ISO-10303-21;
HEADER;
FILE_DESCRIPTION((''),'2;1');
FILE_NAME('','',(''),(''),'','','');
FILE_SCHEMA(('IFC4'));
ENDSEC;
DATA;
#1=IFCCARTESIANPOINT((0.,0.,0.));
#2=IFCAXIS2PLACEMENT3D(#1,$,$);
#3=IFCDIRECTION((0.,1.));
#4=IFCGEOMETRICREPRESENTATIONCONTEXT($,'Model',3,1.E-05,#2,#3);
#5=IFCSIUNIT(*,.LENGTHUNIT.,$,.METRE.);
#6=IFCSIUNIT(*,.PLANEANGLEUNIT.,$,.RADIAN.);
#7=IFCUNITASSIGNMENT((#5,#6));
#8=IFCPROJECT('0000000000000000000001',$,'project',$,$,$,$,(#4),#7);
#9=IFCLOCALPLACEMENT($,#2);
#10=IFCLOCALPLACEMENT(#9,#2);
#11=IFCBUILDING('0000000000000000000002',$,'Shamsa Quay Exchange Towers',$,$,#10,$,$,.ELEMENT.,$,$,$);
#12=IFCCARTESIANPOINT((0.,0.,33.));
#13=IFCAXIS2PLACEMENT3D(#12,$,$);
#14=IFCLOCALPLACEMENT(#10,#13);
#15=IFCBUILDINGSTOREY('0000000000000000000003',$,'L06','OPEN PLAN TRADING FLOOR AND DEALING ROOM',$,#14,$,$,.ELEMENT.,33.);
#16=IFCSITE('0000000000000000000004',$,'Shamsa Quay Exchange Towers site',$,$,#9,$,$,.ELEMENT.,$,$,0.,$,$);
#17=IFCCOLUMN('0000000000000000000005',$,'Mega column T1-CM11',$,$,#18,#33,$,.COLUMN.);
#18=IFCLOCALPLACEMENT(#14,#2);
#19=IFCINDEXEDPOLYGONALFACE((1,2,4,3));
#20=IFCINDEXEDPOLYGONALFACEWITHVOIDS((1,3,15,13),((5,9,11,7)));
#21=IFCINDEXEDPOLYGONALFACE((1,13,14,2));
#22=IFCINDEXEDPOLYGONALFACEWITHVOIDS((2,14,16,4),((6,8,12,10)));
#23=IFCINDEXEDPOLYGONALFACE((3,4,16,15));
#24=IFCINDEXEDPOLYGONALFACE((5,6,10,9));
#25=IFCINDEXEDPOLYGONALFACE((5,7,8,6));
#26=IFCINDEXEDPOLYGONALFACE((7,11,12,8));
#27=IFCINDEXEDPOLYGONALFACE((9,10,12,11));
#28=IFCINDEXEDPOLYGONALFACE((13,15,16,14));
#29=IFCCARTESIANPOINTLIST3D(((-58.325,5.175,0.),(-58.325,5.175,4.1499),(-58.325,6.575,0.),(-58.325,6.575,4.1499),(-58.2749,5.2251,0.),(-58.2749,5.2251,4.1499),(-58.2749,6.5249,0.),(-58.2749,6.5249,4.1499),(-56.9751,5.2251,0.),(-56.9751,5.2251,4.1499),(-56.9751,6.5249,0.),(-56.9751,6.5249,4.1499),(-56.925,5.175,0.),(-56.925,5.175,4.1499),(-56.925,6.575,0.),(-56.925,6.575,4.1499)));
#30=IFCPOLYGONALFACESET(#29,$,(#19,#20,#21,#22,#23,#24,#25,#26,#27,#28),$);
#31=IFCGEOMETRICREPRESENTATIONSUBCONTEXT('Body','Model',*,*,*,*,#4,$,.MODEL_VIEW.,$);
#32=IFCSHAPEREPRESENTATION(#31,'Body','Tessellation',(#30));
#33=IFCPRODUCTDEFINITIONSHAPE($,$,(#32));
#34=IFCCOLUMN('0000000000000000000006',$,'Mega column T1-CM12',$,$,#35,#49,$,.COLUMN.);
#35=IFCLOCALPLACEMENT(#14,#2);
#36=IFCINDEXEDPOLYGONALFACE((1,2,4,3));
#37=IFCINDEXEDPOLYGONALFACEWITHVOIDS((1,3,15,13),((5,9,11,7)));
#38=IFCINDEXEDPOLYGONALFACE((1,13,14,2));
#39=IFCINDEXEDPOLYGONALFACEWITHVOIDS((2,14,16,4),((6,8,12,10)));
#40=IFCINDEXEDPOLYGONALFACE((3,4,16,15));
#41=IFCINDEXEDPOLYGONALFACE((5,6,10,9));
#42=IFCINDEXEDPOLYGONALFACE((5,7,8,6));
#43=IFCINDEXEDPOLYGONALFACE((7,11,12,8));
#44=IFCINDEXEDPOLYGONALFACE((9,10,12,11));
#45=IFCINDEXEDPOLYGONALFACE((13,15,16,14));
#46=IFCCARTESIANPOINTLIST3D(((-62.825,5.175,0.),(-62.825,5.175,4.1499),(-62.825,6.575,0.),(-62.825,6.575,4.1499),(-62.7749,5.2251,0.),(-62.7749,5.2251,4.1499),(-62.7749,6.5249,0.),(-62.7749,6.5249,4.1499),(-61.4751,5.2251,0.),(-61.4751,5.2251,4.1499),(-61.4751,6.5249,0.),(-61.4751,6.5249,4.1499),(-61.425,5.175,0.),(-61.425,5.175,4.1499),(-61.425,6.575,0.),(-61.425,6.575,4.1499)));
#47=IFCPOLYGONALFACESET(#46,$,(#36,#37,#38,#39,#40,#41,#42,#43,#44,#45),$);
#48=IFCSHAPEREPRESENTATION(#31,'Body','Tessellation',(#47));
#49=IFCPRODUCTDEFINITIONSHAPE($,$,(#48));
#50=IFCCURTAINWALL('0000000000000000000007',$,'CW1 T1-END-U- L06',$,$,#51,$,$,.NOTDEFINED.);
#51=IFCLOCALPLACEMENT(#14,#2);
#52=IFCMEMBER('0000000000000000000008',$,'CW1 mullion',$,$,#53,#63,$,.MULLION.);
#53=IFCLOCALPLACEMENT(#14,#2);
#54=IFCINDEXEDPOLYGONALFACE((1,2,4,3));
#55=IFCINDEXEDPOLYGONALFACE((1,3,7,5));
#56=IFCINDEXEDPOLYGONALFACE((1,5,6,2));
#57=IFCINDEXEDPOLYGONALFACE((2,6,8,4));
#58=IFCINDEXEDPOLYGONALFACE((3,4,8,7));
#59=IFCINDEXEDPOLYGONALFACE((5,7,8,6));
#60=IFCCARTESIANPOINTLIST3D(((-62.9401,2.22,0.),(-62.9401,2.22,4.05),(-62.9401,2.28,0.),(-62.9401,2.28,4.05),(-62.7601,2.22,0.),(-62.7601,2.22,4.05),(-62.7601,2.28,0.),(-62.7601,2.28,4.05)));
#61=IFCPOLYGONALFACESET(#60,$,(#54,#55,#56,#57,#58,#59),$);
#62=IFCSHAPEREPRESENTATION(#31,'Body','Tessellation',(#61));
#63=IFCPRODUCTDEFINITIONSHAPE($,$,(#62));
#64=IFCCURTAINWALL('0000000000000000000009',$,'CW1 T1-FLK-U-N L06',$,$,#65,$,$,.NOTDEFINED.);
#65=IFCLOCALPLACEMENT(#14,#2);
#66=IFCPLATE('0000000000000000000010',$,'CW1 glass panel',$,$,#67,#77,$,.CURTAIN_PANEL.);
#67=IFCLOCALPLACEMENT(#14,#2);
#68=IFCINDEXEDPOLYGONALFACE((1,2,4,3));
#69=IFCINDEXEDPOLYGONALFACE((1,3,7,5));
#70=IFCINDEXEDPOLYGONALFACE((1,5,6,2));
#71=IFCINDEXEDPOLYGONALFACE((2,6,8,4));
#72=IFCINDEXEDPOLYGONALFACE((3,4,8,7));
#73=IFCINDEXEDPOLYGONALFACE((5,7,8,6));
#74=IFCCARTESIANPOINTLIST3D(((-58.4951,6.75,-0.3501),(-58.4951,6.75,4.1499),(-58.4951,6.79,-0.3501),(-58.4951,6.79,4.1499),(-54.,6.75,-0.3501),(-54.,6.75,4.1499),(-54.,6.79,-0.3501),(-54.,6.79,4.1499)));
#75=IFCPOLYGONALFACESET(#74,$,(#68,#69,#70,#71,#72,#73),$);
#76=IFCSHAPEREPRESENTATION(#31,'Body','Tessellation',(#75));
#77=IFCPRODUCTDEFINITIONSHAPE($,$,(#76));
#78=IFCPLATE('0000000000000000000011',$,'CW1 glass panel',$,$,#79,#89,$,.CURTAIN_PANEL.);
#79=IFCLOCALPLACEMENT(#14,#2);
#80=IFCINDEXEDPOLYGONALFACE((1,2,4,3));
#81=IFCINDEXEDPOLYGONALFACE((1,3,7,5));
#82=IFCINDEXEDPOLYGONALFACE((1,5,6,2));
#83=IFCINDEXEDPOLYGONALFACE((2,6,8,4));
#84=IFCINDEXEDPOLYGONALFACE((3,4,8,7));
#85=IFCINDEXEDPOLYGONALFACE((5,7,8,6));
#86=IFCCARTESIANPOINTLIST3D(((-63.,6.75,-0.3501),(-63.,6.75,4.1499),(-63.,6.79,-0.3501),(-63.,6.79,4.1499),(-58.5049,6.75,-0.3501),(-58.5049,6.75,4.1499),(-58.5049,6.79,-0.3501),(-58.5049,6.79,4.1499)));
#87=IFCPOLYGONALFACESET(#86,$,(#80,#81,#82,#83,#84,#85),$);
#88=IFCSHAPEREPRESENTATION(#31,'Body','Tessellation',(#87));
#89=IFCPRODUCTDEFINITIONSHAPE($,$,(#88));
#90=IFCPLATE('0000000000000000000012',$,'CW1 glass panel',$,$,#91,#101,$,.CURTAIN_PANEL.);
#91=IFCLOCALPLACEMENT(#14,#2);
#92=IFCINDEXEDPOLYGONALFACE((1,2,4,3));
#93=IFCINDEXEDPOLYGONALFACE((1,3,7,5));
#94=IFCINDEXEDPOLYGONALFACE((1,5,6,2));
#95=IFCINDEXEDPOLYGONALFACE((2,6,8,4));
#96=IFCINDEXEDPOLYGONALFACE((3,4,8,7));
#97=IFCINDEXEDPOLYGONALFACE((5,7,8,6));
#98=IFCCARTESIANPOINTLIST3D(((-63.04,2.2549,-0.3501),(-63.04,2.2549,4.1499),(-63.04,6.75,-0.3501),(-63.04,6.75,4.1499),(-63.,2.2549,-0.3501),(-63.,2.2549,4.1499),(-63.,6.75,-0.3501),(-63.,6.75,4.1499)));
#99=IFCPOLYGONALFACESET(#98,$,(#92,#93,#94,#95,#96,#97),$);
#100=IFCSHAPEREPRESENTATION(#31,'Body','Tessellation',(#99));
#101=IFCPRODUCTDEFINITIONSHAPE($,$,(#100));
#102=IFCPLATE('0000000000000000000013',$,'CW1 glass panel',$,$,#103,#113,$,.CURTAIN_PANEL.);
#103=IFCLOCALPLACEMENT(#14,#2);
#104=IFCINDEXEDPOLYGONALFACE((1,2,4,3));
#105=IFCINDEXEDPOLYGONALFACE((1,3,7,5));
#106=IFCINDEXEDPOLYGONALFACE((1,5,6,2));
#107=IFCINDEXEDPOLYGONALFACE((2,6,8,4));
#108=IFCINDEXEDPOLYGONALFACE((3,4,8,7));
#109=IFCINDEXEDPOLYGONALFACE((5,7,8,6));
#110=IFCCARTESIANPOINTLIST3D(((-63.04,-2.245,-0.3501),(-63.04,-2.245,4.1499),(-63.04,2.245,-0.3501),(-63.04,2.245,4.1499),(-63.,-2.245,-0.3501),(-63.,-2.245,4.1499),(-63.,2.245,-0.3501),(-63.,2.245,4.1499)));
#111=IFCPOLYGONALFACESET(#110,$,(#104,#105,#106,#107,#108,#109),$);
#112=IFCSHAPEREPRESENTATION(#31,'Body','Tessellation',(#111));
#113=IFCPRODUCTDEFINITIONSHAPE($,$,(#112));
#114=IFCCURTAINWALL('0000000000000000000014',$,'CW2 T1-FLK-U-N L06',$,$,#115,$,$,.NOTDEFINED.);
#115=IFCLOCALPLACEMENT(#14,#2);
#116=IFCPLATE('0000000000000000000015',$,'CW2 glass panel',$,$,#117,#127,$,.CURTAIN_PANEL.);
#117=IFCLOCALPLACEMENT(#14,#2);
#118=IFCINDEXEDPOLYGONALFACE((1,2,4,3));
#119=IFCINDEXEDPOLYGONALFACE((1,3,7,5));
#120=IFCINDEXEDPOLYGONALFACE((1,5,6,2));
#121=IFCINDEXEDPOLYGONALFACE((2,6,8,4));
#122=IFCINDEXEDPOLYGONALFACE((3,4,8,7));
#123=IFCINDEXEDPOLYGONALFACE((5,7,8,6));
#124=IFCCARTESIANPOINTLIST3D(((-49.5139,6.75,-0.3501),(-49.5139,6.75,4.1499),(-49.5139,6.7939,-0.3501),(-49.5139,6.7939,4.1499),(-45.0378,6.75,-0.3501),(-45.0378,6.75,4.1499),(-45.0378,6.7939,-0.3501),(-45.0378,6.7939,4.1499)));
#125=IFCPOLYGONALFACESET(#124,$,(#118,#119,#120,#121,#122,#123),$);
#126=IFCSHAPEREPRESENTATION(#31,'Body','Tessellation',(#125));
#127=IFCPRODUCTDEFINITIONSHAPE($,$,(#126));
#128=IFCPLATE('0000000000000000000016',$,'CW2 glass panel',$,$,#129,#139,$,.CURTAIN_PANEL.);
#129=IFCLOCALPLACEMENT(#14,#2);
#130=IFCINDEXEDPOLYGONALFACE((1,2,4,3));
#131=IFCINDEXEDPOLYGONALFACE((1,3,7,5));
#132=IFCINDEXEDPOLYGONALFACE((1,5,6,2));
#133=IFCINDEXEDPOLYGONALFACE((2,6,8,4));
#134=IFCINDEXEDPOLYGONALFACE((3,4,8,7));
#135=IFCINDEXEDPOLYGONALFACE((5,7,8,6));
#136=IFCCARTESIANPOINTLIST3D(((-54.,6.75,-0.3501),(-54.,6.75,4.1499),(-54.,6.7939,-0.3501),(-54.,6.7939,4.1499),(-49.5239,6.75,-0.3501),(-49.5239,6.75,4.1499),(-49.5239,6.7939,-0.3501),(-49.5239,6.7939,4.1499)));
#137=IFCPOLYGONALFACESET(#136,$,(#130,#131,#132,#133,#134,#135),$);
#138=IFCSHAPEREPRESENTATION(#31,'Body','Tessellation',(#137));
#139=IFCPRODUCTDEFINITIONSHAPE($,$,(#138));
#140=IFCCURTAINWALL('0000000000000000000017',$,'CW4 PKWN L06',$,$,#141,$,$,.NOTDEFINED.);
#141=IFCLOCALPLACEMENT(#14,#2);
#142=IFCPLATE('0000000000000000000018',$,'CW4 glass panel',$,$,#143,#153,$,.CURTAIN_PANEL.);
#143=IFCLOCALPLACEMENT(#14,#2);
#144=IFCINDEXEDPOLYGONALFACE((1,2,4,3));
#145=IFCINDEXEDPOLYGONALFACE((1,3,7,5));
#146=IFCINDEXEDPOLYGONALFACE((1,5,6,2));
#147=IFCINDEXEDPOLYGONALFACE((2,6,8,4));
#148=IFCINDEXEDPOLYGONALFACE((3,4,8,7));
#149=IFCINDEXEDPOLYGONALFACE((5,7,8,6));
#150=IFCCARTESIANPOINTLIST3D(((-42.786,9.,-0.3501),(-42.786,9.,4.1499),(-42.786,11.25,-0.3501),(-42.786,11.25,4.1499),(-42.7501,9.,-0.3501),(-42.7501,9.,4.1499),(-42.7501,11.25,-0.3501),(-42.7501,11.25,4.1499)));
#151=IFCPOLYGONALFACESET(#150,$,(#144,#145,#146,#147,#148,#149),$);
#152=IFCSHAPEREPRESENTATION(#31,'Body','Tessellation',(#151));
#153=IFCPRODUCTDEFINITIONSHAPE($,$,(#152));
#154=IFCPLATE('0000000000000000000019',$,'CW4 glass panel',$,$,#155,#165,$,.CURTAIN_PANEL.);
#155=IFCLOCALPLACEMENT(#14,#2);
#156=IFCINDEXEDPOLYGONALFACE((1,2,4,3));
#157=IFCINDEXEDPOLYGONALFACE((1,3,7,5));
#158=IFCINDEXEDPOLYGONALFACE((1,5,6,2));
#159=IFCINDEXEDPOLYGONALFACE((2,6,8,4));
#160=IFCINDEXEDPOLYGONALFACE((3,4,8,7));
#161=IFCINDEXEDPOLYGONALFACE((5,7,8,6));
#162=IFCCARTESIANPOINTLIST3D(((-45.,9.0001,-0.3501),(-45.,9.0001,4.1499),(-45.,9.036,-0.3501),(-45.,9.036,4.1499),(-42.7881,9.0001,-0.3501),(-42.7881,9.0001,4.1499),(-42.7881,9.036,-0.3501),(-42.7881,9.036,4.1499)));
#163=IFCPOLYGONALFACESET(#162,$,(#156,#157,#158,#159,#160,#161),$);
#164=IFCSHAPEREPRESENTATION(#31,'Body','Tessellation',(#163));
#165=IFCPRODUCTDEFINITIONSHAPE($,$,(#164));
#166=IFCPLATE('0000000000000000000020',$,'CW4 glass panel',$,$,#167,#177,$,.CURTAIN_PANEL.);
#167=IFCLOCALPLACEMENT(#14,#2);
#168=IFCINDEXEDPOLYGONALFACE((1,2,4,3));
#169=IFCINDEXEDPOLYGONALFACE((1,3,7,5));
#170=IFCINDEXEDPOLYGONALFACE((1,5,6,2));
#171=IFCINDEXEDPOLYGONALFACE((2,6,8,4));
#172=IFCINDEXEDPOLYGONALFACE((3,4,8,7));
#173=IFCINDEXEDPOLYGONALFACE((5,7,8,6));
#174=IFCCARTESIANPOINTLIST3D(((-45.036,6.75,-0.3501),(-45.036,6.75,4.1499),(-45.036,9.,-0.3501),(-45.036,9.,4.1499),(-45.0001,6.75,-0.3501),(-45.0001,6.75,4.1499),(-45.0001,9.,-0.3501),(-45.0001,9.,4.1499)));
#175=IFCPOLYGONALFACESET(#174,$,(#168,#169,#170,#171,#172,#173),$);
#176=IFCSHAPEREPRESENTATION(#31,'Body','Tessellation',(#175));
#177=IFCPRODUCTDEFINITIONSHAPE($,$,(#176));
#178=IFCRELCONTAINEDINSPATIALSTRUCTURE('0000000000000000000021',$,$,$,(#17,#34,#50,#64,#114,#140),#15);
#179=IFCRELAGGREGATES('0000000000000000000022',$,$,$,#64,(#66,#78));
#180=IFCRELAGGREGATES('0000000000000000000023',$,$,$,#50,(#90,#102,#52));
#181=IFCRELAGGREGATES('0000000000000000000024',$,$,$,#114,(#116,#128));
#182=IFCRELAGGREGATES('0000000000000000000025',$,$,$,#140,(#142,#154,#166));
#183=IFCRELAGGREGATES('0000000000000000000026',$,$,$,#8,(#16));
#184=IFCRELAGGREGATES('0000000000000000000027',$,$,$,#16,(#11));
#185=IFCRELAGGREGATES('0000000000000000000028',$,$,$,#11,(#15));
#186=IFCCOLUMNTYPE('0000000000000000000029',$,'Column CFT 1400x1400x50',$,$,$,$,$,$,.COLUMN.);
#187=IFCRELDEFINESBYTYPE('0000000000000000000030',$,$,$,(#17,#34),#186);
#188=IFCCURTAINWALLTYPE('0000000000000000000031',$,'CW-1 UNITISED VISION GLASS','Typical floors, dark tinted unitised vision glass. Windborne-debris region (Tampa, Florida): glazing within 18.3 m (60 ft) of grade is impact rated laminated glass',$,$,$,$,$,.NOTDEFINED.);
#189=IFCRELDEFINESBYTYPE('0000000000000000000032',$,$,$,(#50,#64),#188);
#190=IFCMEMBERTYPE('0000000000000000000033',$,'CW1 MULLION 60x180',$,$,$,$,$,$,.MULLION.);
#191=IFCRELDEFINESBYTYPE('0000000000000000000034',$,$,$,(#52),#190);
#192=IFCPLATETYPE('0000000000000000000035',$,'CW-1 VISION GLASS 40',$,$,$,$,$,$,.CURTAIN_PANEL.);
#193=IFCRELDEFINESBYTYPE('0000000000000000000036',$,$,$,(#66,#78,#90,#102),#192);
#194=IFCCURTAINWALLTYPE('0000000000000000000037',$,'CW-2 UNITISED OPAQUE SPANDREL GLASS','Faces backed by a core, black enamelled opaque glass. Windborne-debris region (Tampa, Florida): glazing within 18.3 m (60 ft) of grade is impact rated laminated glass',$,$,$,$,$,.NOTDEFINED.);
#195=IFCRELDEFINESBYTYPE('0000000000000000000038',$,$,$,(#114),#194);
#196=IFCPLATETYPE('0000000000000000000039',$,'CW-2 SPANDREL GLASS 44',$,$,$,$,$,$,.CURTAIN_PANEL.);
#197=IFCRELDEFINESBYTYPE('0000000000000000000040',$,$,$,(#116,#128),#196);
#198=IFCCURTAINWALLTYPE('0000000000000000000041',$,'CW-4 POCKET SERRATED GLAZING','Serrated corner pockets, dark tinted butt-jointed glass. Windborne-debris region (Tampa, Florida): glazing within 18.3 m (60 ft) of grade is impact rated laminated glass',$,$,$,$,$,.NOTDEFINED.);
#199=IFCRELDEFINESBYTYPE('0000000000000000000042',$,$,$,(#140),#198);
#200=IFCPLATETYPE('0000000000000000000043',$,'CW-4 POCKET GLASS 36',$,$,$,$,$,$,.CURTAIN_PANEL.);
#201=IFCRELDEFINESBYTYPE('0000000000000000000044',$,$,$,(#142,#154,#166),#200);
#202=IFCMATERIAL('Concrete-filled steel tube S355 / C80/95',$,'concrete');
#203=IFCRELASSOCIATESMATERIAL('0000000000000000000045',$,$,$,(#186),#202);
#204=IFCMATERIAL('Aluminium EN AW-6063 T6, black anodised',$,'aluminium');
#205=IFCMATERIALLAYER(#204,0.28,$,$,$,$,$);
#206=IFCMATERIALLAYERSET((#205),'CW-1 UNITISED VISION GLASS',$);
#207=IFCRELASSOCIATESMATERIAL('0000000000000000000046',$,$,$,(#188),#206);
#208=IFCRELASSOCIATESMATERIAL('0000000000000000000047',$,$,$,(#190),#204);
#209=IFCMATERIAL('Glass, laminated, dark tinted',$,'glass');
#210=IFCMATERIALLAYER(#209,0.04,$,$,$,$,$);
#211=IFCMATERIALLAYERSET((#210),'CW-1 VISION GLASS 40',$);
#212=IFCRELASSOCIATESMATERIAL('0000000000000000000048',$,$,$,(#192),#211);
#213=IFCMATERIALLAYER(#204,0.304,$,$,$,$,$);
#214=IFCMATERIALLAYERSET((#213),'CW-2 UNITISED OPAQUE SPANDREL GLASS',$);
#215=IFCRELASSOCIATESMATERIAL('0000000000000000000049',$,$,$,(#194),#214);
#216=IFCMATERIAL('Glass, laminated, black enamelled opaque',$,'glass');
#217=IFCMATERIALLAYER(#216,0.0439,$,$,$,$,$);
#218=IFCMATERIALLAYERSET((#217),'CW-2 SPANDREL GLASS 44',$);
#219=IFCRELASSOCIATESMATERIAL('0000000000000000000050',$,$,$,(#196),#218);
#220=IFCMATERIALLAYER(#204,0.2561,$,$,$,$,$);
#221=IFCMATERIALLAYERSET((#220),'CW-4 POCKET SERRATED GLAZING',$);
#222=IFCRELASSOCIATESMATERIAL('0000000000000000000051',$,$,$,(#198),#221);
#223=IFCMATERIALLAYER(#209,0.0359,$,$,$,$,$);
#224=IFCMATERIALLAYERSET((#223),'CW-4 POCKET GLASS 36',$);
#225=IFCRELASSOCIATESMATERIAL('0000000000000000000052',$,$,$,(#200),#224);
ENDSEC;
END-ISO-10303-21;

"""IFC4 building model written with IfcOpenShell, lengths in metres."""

from ifc_helpers import new_model, si_unit, direction, frame, origin, origin_2d, place, context, subcontext, project, spatial, rectangle, hollow_rectangle, extrude, material, layer, layer_set, material_profile, profile_set, type_object, element, aggregate, save


model = new_model("IFC4")

# Units and contexts
model_context = context("Model", 3, precision=1e-05, world=origin(), true_north=direction((0.0, 1.0)))
body_context = subcontext(model_context, "Body", "Model", "MODEL_VIEW")
ifc_project = project(units=[si_unit("LENGTHUNIT", "METRE"), si_unit("PLANEANGLEUNIT", "RADIAN")], contexts=[model_context])

# Site, building, storey
site_placement = place(None, origin())
site = spatial("IfcSite", under=ifc_project, at=site_placement, Name="Shamsa Quay Exchange Towers site", CompositionType="ELEMENT", RefElevation=0.0)
building_placement = place(site_placement, origin())
building = spatial("IfcBuilding", under=site, at=building_placement, Name="Shamsa Quay Exchange Towers", CompositionType="ELEMENT")
storey_placement = place(building_placement, frame((0.0, 0.0, 33.0)))
storey = spatial("IfcBuildingStorey", under=building, at=storey_placement, Name="L06", Description="OPEN PLAN TRADING FLOOR AND DEALING ROOM", CompositionType="ELEMENT", Elevation=33.0)

# Columns
ifc_material_1 = material(Name="Concrete-filled steel tube S355 / C80/95", Category="concrete")
ifc_material_profile_1 = material_profile(ifc_material_1, hollow_rectangle(XDim=1.3999, YDim=1.3999, WallThickness=0.05, at=origin_2d()), Name="CFT 1400x1400x50")
ifc_profile_set_1 = profile_set([ifc_material_profile_1], Name="Concrete-filled steel tube S355 / C80/95")
column_type = type_object("IfcColumnType", Name="Column CFT 1400x1400x50", PredefinedType="COLUMN", material=ifc_profile_set_1)
for number, where, name in (
    (1, (-57.625, 5.875, 0.0), "Mega column T1-CM11"),
    (2, (-62.125, 5.875, 0.0), "Mega column T1-CM12"),
):
    element("IfcColumn", number, at=place(storey_placement, frame(where)), inside=storey, type_object=column_type, Name=name, PredefinedType="COLUMN", context=body_context, shape_type="SweptSolid", body=[
        extrude(hollow_rectangle(XDim=1.3999, YDim=1.3999, WallThickness=0.05, at=origin_2d()), origin(), (0.0, 0.0, 1.0), 4.1499),
    ])

# Curtain wall, member
ifc_material_2 = material(Name="Aluminium EN AW-6063 T6, black anodised", Category="aluminium")
ifc_layer_1 = layer(ifc_material_2, 0.28)
ifc_layer_set_1 = layer_set([ifc_layer_1], Name="CW-1 UNITISED VISION GLASS")
curtain_wall_type_1 = type_object("IfcCurtainWallType", Name="CW-1 UNITISED VISION GLASS", Description="Typical floors, dark tinted unitised vision glass. Windborne-debris region (Tampa, Florida): glazing within 18.3 m (60 ft) of grade is impact rated laminated glass", PredefinedType="NOTDEFINED", material=ifc_layer_set_1)
curtain_wall_1_placement = place(storey_placement, origin())
curtain_wall_1 = element("IfcCurtainWall", 3, at=curtain_wall_1_placement, inside=storey, type_object=curtain_wall_type_1, Name="CW1 T1-END-U- L06", PredefinedType="NOTDEFINED")
ifc_material_profile_2 = material_profile(ifc_material_2, rectangle(XDim=0.1799, YDim=0.0601, at=origin_2d()), Name="MU60x180")
ifc_profile_set_2 = profile_set([ifc_material_profile_2], Name="Aluminium EN AW-6063 T6, black anodised")
member_type = type_object("IfcMemberType", Name="CW1 MULLION 60x180", PredefinedType="MULLION", material=ifc_profile_set_2)
member_placement = place(storey_placement, frame((-62.8501, 2.25, 0.0)))
member = element("IfcMember", 4, at=member_placement, type_object=member_type, Name="CW1 mullion", PredefinedType="MULLION", context=body_context, shape_type="SweptSolid", body=[
    extrude(rectangle(XDim=0.1799, YDim=0.0601, at=origin_2d()), origin(), (0.0, 0.0, 1.0), 4.05),
])

# Curtain wall, plates
curtain_wall_2_placement = place(storey_placement, origin())
curtain_wall_2 = element("IfcCurtainWall", 5, at=curtain_wall_2_placement, inside=storey, type_object=curtain_wall_type_1, Name="CW1 T1-FLK-U-N L06", PredefinedType="NOTDEFINED")
ifc_material_3 = material(Name="Glass, laminated, dark tinted", Category="glass")
ifc_layer_2 = layer(ifc_material_3, 0.04)
ifc_layer_set_2 = layer_set([ifc_layer_2], Name="CW-1 VISION GLASS 40")
plate_type_1 = type_object("IfcPlateType", Name="CW-1 VISION GLASS 40", PredefinedType="CURTAIN_PANEL", material=ifc_layer_set_2)
plate_1_placement = place(storey_placement, frame((-56.2476, 6.77, -0.3501), z_axis=(0.0, 0.0, 1.0), x_axis=(-1.0, 0.0, 0.0)))
plate_1 = element("IfcPlate", 6, at=plate_1_placement, type_object=plate_type_1, Name="CW1 glass panel", PredefinedType="CURTAIN_PANEL", context=body_context, shape_type="SweptSolid", body=[
    extrude(rectangle(XDim=4.4951, YDim=0.04, at=origin_2d()), origin(), (0.0, 0.0, 1.0), 4.5),
])
plate_2_placement = place(storey_placement, frame((-60.7524, 6.77, -0.3501), z_axis=(0.0, 0.0, 1.0), x_axis=(-1.0, 0.0, 0.0)))
plate_2 = element("IfcPlate", 7, at=plate_2_placement, type_object=plate_type_1, Name="CW1 glass panel", PredefinedType="CURTAIN_PANEL", context=body_context, shape_type="SweptSolid", body=[
    extrude(rectangle(XDim=4.4951, YDim=0.04, at=origin_2d()), origin(), (0.0, 0.0, 1.0), 4.5),
])
aggregate(curtain_wall_2, [plate_1, plate_2])

# Plates
plate_3_placement = place(storey_placement, frame((-63.02, 4.5024, -0.3501), z_axis=(0.0, 0.0, 1.0), x_axis=(0.0, -1.0, 0.0)))
plate_3 = element("IfcPlate", 8, at=plate_3_placement, type_object=plate_type_1, Name="CW1 glass panel", PredefinedType="CURTAIN_PANEL", context=body_context, shape_type="SweptSolid", body=[
    extrude(rectangle(XDim=4.4951, YDim=0.04, at=origin_2d()), origin(), (0.0, 0.0, 1.0), 4.5),
])
plate_4_placement = place(storey_placement, frame((-63.02, 0.0, -0.3501), z_axis=(0.0, 0.0, 1.0), x_axis=(0.0, -1.0, 0.0)))
plate_4 = element("IfcPlate", 9, at=plate_4_placement, type_object=plate_type_1, Name="CW1 glass panel", PredefinedType="CURTAIN_PANEL", context=body_context, shape_type="SweptSolid", body=[
    extrude(rectangle(XDim=4.49, YDim=0.04, at=origin_2d()), origin(), (0.0, 0.0, 1.0), 4.5),
])
aggregate(curtain_wall_1, [plate_3, plate_4, member])

# Curtain walls, plates
ifc_layer_3 = layer(ifc_material_2, 0.304)
ifc_layer_set_3 = layer_set([ifc_layer_3], Name="CW-2 UNITISED OPAQUE SPANDREL GLASS")
curtain_wall_type_2 = type_object("IfcCurtainWallType", Name="CW-2 UNITISED OPAQUE SPANDREL GLASS", Description="Faces backed by a core, black enamelled opaque glass. Windborne-debris region (Tampa, Florida): glazing within 18.3 m (60 ft) of grade is impact rated laminated glass", PredefinedType="NOTDEFINED", material=ifc_layer_set_3)
curtain_wall_3_placement = place(storey_placement, origin())
curtain_wall_3 = element("IfcCurtainWall", 10, at=curtain_wall_3_placement, inside=storey, type_object=curtain_wall_type_2, Name="CW2 T1-FLK-U-N L06", PredefinedType="NOTDEFINED")
ifc_material_4 = material(Name="Glass, laminated, black enamelled opaque", Category="glass")
ifc_layer_4 = layer(ifc_material_4, 0.0439)
ifc_layer_set_4 = layer_set([ifc_layer_4], Name="CW-2 SPANDREL GLASS 44")
plate_type_2 = type_object("IfcPlateType", Name="CW-2 SPANDREL GLASS 44", PredefinedType="CURTAIN_PANEL", material=ifc_layer_set_4)
plate_5_placement = place(storey_placement, frame((-47.2759, 6.772, -0.3501), z_axis=(0.0, 0.0, 1.0), x_axis=(-1.0, 0.0, 0.0)))
plate_5 = element("IfcPlate", 11, at=plate_5_placement, type_object=plate_type_2, Name="CW2 glass panel", PredefinedType="CURTAIN_PANEL", context=body_context, shape_type="SweptSolid", body=[
    extrude(rectangle(XDim=4.4761, YDim=0.0439, at=origin_2d()), origin(), (0.0, 0.0, 1.0), 4.5),
])
plate_6_placement = place(storey_placement, frame((-51.762, 6.772, -0.3501), z_axis=(0.0, 0.0, 1.0), x_axis=(-1.0, 0.0, 0.0)))
plate_6 = element("IfcPlate", 12, at=plate_6_placement, type_object=plate_type_2, Name="CW2 glass panel", PredefinedType="CURTAIN_PANEL", context=body_context, shape_type="SweptSolid", body=[
    extrude(rectangle(XDim=4.4761, YDim=0.0439, at=origin_2d()), origin(), (0.0, 0.0, 1.0), 4.5),
])
aggregate(curtain_wall_3, [plate_5, plate_6])
ifc_layer_5 = layer(ifc_material_2, 0.2561)
ifc_layer_set_5 = layer_set([ifc_layer_5], Name="CW-4 POCKET SERRATED GLAZING")
curtain_wall_type_3 = type_object("IfcCurtainWallType", Name="CW-4 POCKET SERRATED GLAZING", Description="Serrated corner pockets, dark tinted butt-jointed glass. Windborne-debris region (Tampa, Florida): glazing within 18.3 m (60 ft) of grade is impact rated laminated glass", PredefinedType="NOTDEFINED", material=ifc_layer_set_5)
curtain_wall_4_placement = place(storey_placement, origin())
curtain_wall_4 = element("IfcCurtainWall", 13, at=curtain_wall_4_placement, inside=storey, type_object=curtain_wall_type_3, Name="CW4 PKWN L06", PredefinedType="NOTDEFINED")
ifc_layer_6 = layer(ifc_material_3, 0.0359)
ifc_layer_set_6 = layer_set([ifc_layer_6], Name="CW-4 POCKET GLASS 36")
plate_type_3 = type_object("IfcPlateType", Name="CW-4 POCKET GLASS 36", PredefinedType="CURTAIN_PANEL", material=ifc_layer_set_6)
plate_7_placement = place(storey_placement, frame((-42.7681, 10.125, -0.3501), z_axis=(0.0, 0.0, 1.0), x_axis=(0.0, -1.0, 0.0)))
plate_7 = element("IfcPlate", 14, at=plate_7_placement, type_object=plate_type_3, Name="CW4 glass panel", PredefinedType="CURTAIN_PANEL", context=body_context, shape_type="SweptSolid", body=[
    extrude(rectangle(XDim=2.25, YDim=0.0359, at=origin_2d()), origin(), (0.0, 0.0, 1.0), 4.5),
])
plate_8_placement = place(storey_placement, frame((-43.894, 9.0181, -0.3501), z_axis=(0.0, 0.0, 1.0), x_axis=(-1.0, 0.0, 0.0)))
plate_8 = element("IfcPlate", 15, at=plate_8_placement, type_object=plate_type_3, Name="CW4 glass panel", PredefinedType="CURTAIN_PANEL", context=body_context, shape_type="SweptSolid", body=[
    extrude(rectangle(XDim=2.2119, YDim=0.0359, at=origin_2d()), origin(), (0.0, 0.0, 1.0), 4.5),
])
plate_9_placement = place(storey_placement, frame((-45.0181, 7.875, -0.3501), z_axis=(0.0, 0.0, 1.0), x_axis=(0.0, -1.0, 0.0)))
plate_9 = element("IfcPlate", 16, at=plate_9_placement, type_object=plate_type_3, Name="CW4 glass panel", PredefinedType="CURTAIN_PANEL", context=body_context, shape_type="SweptSolid", body=[
    extrude(rectangle(XDim=2.25, YDim=0.0359, at=origin_2d()), origin(), (0.0, 0.0, 1.0), 4.5),
])
aggregate(curtain_wall_4, [plate_7, plate_8, plate_9])

save(model, "model.ifc")
